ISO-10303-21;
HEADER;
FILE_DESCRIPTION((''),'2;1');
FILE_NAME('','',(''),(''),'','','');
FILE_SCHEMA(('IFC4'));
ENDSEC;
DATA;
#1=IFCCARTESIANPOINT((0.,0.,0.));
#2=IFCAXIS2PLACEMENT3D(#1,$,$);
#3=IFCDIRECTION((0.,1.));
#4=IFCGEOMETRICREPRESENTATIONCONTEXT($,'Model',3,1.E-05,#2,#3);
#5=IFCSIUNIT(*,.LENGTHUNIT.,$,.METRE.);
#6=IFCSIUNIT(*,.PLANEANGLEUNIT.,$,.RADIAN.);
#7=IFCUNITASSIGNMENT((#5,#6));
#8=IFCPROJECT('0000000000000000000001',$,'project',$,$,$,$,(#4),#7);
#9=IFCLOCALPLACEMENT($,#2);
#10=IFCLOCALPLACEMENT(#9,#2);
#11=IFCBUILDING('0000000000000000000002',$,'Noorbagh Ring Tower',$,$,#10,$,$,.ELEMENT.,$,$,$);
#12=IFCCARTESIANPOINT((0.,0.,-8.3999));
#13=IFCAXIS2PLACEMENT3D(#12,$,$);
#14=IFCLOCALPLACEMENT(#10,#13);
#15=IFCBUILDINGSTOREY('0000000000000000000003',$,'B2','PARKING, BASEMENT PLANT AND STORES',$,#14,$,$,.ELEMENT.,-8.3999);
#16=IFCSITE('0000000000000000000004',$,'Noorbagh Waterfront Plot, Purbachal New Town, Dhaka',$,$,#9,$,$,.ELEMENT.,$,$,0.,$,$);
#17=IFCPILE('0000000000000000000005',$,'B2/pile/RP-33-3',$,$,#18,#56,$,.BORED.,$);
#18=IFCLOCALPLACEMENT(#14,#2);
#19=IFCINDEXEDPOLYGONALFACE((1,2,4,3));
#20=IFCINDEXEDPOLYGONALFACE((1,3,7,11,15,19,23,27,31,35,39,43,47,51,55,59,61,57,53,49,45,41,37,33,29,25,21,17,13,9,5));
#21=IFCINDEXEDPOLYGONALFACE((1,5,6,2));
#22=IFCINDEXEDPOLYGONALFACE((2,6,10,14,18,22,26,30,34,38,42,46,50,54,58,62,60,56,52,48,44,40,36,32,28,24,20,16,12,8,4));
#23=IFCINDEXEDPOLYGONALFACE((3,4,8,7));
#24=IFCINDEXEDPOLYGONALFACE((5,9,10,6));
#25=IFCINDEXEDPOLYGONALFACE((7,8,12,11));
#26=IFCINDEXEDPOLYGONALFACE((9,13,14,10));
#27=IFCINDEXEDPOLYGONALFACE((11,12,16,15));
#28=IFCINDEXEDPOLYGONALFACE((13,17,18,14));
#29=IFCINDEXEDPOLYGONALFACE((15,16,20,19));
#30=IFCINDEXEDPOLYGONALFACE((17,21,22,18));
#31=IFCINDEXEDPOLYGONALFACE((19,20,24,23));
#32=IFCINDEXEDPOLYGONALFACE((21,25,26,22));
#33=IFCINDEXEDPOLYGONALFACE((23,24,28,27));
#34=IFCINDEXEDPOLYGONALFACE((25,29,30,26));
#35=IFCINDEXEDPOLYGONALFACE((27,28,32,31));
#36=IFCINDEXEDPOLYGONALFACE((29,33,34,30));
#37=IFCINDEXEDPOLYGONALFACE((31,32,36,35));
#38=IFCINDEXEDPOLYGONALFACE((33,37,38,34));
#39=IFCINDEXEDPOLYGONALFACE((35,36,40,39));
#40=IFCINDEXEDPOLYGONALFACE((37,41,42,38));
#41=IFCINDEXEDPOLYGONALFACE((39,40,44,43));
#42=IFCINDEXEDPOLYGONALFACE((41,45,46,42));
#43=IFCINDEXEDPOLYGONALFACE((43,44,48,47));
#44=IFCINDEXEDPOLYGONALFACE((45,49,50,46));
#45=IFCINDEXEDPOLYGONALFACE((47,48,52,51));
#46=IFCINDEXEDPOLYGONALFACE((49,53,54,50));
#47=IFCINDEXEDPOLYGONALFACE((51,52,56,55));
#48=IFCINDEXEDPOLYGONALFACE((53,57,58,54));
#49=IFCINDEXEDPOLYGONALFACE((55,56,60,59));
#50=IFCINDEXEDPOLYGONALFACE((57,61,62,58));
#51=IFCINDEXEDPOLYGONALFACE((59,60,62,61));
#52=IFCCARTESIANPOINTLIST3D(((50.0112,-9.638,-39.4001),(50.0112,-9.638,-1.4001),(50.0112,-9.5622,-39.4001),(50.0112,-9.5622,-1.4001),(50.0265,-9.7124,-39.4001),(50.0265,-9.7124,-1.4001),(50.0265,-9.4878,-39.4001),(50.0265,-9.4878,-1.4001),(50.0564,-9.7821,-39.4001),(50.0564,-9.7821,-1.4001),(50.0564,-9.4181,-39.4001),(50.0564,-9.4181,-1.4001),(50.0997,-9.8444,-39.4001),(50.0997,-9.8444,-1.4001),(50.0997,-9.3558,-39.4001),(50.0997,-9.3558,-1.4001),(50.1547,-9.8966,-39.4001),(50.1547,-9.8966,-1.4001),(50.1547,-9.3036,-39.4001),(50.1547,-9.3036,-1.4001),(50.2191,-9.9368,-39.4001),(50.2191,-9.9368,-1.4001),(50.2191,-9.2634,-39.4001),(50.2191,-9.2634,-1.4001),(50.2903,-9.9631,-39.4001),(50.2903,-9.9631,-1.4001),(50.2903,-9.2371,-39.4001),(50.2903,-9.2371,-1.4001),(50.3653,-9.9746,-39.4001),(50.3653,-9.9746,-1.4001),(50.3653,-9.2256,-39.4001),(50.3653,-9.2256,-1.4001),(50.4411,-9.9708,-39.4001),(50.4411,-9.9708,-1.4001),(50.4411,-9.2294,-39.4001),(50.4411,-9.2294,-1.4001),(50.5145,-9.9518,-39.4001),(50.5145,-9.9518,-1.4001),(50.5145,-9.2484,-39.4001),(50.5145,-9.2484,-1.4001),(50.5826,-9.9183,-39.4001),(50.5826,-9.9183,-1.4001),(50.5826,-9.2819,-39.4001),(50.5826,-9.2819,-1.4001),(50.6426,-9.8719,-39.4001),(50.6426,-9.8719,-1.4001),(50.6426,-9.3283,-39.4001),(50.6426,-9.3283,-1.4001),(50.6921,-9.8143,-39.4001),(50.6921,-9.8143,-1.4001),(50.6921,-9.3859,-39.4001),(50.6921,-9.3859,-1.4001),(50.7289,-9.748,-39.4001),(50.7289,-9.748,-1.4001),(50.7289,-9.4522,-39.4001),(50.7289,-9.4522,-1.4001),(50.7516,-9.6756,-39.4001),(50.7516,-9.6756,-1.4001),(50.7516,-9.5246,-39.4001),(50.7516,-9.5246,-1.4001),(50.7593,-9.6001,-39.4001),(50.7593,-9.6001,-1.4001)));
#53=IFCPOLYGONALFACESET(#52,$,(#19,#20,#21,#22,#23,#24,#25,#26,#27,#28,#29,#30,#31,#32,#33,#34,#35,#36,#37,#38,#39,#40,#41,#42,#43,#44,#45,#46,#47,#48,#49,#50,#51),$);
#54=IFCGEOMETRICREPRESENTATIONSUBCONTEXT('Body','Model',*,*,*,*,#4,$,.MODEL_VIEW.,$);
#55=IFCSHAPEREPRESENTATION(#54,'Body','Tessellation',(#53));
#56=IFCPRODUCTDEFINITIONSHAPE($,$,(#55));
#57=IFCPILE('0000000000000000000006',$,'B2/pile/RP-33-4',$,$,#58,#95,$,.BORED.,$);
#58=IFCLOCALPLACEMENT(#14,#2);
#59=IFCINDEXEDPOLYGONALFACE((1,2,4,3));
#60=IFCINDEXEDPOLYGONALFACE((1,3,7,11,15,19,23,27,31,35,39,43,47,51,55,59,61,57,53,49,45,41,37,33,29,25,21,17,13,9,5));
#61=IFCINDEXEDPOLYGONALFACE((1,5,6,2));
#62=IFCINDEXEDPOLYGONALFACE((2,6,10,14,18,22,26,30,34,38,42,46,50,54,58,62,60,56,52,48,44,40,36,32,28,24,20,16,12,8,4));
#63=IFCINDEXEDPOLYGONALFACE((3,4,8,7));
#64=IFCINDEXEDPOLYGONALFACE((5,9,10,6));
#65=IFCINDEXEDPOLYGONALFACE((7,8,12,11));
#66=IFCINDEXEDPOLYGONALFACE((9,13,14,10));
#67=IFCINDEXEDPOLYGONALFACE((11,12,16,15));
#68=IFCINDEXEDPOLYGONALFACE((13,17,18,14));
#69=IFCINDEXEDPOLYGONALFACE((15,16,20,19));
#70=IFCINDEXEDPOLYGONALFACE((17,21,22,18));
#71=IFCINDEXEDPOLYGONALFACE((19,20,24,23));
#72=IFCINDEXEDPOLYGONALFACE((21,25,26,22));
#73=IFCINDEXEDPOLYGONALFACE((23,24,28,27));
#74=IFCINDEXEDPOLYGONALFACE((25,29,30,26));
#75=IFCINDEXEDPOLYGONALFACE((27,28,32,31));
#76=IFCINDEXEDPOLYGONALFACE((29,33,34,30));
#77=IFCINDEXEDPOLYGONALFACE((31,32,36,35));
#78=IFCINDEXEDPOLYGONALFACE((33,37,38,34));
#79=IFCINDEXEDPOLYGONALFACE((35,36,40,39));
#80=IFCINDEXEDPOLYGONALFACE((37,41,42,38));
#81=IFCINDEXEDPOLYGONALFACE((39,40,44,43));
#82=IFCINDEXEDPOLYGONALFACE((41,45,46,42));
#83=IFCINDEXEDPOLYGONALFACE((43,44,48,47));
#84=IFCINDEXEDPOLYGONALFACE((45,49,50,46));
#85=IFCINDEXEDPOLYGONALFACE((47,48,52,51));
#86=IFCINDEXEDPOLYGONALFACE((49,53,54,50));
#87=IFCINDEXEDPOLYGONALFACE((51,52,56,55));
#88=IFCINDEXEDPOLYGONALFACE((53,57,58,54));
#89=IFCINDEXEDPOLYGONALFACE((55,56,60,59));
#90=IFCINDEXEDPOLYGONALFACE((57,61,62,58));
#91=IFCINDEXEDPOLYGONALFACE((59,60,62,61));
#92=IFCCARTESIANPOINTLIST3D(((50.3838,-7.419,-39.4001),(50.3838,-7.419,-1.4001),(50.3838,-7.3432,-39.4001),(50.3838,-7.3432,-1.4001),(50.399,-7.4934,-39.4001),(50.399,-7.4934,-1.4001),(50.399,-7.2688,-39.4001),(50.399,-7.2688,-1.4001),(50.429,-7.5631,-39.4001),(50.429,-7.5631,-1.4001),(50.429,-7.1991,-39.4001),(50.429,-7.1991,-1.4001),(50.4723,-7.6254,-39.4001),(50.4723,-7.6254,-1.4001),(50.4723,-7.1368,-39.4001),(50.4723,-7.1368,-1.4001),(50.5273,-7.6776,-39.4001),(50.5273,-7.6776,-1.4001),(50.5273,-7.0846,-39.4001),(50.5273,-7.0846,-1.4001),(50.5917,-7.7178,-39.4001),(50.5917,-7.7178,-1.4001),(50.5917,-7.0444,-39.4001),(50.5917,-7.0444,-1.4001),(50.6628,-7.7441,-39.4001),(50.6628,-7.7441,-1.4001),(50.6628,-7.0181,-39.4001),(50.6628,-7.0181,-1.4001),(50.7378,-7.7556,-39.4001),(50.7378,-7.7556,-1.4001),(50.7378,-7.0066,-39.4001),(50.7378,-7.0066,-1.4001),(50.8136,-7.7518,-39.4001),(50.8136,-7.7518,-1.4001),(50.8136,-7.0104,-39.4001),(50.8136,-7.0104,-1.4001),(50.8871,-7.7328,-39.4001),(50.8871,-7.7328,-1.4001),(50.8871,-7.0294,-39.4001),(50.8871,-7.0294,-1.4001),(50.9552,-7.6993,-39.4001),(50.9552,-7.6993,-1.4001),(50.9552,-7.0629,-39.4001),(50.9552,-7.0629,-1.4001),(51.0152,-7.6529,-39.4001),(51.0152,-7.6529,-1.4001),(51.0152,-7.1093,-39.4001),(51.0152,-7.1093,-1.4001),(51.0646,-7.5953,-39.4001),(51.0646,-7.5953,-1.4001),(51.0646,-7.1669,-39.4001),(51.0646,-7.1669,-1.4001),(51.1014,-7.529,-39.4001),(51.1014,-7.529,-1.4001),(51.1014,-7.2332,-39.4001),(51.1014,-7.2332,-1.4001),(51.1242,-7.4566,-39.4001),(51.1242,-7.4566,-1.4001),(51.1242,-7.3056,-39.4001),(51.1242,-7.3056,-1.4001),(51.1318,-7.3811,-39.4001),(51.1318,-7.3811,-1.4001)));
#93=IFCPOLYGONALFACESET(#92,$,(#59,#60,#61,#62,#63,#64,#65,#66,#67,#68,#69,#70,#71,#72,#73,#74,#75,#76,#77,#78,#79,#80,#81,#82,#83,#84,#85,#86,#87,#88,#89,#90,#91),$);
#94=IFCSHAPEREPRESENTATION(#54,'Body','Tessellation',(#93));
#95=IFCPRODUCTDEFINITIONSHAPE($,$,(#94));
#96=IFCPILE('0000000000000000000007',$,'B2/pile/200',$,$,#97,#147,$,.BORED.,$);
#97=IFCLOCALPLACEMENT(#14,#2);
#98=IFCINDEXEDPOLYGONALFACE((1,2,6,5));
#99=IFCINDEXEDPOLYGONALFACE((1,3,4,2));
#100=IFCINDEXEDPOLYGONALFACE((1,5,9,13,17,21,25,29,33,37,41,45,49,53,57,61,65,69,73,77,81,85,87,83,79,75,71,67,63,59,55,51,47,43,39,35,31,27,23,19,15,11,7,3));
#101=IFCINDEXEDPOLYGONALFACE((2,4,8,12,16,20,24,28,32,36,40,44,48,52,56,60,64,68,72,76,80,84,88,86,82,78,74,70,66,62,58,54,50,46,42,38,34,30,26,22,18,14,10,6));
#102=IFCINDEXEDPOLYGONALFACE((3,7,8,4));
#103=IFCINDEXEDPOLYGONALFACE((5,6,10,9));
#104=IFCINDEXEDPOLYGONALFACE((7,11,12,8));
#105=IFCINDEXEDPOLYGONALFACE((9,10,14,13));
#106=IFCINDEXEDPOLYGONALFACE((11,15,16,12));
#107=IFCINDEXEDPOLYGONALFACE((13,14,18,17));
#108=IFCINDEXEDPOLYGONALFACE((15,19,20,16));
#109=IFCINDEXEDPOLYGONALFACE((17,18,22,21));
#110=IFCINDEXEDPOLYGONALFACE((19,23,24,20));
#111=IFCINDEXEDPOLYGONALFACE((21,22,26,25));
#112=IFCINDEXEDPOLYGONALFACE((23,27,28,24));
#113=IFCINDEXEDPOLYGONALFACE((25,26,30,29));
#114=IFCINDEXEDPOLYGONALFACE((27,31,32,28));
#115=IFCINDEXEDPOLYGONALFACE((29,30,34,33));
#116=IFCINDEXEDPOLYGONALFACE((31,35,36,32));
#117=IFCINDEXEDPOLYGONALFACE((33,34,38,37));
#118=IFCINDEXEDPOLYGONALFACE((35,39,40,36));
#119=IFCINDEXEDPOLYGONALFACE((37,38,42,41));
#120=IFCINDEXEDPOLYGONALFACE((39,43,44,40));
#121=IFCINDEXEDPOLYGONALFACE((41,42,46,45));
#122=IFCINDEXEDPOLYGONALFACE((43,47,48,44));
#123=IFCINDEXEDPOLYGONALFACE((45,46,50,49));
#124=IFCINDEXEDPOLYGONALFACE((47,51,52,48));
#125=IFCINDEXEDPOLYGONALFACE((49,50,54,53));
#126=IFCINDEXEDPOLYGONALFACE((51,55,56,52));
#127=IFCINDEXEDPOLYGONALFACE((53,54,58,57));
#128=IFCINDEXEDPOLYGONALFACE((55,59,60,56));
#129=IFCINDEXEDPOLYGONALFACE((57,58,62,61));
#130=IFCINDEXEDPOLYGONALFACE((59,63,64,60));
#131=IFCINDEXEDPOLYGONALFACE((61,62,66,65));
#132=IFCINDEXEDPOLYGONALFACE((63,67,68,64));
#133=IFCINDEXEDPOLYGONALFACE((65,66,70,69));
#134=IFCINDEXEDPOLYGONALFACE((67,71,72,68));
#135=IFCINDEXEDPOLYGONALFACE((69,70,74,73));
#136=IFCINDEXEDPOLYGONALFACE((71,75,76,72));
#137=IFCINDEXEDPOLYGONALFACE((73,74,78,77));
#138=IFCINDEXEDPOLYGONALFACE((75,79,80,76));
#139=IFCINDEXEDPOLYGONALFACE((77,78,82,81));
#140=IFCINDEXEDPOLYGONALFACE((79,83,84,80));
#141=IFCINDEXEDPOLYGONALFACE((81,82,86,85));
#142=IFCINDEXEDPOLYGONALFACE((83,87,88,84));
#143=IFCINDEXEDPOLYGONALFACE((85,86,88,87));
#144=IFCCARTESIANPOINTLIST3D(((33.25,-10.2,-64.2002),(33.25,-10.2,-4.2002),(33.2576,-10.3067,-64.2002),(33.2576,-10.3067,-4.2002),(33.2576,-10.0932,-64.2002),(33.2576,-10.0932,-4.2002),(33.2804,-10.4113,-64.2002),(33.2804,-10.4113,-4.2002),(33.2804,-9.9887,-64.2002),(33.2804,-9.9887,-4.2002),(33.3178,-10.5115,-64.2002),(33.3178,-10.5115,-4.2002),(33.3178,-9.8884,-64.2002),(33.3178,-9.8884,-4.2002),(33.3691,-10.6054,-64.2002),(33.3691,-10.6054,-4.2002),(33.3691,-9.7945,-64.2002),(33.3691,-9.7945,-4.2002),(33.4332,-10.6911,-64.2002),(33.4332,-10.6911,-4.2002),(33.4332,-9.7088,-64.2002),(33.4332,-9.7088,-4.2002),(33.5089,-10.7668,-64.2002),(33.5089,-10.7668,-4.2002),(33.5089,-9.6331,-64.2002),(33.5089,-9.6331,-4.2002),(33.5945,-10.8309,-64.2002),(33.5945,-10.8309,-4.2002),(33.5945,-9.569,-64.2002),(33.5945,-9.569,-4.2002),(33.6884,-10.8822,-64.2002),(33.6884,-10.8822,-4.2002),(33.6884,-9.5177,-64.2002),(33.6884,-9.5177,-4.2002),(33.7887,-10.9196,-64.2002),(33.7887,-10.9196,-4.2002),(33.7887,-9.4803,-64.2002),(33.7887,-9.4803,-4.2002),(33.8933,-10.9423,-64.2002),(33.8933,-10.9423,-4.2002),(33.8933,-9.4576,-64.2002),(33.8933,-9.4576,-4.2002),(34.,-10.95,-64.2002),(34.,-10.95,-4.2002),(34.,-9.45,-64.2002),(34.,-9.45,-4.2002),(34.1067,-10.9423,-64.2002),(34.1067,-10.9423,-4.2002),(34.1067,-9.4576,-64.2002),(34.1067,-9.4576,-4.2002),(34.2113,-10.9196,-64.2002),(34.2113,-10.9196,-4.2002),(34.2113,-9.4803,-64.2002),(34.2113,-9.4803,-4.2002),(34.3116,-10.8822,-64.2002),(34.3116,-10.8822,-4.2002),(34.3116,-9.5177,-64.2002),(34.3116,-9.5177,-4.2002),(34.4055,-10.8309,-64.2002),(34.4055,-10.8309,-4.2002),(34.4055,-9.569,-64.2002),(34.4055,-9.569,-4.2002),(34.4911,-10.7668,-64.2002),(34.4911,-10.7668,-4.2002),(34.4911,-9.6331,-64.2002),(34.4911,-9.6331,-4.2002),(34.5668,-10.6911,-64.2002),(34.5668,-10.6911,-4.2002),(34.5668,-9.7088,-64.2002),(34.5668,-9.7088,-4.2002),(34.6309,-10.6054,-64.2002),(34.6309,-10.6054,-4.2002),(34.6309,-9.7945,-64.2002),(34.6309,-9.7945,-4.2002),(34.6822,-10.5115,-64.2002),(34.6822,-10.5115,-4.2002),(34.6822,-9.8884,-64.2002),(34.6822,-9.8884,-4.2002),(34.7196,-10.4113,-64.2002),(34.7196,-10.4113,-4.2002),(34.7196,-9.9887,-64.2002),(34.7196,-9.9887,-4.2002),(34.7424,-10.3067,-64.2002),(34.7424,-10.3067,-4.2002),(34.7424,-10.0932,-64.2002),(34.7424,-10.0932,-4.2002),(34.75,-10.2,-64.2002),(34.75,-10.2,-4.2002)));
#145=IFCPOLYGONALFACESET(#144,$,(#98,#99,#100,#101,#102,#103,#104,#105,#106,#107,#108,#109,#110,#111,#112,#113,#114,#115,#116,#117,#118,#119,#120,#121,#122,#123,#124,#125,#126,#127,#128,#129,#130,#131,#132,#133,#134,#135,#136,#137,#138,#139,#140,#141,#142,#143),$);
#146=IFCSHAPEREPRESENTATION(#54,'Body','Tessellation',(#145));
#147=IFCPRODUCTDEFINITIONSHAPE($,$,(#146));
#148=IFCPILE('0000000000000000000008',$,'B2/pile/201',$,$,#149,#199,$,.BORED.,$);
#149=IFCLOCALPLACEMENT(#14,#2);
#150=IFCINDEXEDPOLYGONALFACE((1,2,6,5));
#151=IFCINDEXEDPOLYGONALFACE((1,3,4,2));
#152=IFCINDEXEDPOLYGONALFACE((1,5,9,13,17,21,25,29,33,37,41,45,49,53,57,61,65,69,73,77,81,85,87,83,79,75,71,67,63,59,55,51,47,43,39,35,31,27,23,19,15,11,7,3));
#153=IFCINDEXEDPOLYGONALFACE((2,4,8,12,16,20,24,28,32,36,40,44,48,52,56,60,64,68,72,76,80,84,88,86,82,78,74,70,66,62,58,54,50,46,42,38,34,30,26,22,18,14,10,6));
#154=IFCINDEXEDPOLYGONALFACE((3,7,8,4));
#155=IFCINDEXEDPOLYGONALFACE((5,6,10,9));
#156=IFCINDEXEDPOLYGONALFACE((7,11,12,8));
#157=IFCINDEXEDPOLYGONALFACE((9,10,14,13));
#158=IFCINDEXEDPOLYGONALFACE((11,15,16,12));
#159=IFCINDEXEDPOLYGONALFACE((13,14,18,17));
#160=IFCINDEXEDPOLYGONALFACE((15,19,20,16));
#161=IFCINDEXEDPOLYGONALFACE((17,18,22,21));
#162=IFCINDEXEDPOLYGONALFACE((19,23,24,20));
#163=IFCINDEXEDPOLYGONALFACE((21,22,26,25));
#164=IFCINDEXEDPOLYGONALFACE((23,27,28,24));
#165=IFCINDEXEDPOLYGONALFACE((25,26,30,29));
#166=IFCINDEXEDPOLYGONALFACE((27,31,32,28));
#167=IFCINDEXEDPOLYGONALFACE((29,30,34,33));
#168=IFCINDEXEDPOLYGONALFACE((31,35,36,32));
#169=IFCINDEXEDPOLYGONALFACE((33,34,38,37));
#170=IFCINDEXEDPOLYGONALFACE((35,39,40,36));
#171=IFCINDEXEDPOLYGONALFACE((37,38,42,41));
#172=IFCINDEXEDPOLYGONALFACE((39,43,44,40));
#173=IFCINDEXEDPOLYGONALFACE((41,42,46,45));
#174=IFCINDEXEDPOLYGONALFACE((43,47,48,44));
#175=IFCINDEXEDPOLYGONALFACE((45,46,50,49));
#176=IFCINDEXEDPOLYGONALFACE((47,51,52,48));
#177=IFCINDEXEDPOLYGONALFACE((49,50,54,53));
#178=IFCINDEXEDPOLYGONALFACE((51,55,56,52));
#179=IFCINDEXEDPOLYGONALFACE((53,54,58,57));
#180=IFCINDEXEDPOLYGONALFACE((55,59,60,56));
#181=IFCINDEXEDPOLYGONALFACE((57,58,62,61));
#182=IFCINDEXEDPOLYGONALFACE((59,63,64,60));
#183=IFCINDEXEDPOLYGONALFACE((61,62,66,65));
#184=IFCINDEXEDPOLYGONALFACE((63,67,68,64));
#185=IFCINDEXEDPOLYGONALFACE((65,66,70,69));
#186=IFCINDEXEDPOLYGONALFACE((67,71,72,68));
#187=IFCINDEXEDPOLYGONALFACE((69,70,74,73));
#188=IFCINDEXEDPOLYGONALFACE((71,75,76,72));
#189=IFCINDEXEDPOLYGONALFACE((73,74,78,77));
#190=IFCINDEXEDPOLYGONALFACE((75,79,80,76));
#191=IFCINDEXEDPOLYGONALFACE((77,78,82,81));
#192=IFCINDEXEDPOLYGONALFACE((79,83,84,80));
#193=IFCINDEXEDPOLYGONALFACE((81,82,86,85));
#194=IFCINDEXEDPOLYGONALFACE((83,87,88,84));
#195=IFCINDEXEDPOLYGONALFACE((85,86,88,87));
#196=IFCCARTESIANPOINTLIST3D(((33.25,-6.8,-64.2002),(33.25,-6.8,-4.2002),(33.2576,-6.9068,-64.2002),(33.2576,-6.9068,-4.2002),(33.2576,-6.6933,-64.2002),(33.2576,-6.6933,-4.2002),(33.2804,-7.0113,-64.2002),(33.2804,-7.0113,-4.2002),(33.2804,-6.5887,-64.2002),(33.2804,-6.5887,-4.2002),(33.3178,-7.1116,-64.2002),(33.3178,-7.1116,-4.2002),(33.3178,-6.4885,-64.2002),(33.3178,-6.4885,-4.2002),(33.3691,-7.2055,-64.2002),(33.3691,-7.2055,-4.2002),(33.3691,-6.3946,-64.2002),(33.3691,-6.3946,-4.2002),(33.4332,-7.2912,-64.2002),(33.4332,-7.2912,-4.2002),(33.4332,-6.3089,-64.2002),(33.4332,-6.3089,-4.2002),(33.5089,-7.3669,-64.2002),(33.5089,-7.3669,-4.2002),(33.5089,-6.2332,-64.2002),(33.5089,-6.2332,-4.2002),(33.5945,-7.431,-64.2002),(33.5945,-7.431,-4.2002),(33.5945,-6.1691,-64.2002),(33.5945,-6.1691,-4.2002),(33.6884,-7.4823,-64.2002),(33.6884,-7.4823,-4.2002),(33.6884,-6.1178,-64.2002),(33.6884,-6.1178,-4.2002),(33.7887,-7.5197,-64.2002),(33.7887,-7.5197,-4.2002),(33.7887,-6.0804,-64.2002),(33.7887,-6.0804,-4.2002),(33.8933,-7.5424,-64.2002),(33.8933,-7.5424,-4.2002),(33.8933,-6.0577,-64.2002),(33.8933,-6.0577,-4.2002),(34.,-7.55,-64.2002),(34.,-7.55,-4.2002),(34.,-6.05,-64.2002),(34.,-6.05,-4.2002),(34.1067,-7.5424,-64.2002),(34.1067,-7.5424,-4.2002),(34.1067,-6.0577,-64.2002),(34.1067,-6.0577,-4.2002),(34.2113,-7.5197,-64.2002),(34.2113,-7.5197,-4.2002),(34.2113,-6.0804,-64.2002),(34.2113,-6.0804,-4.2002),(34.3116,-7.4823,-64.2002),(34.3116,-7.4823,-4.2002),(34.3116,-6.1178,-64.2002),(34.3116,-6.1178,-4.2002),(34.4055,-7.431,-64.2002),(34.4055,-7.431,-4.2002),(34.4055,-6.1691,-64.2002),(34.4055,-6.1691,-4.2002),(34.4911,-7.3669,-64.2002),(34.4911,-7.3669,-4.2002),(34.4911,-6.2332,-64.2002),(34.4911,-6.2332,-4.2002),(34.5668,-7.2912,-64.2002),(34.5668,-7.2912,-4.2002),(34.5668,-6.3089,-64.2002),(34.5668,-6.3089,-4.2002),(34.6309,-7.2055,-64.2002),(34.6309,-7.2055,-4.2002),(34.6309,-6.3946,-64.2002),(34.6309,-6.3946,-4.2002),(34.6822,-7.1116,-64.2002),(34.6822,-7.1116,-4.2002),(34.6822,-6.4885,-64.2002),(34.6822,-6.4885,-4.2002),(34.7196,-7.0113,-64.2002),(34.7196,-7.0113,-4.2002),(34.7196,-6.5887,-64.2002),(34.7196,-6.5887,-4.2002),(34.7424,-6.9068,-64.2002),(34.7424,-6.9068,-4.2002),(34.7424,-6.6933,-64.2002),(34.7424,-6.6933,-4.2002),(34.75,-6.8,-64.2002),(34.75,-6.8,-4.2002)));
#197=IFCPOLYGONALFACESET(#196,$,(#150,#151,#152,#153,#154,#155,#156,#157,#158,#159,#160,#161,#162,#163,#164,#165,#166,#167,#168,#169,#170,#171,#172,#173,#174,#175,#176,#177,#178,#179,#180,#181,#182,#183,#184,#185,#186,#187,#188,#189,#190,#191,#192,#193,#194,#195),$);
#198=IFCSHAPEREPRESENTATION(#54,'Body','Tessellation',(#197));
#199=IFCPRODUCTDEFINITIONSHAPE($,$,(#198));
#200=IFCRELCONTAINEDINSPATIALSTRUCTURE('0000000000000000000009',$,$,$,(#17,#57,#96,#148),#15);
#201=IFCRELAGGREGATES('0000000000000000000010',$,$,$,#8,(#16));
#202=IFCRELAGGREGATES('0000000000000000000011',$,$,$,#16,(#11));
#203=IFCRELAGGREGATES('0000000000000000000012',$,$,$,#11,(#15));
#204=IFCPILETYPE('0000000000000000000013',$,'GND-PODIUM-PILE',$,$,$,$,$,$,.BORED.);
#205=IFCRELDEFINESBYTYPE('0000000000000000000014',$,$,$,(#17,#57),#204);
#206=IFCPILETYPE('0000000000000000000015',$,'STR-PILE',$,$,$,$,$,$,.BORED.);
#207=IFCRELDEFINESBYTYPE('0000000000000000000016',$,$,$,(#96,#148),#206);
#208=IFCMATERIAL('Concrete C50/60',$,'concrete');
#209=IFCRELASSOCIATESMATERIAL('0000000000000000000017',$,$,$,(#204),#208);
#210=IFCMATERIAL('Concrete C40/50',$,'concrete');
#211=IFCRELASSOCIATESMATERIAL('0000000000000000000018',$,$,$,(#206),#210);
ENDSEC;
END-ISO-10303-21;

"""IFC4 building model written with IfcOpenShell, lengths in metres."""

from ifc_helpers import new_model, si_unit, direction, frame, origin, origin_2d, place, context, subcontext, project, spatial, circle, extrude, material, material_profile, profile_set, type_object, element, save


model = new_model("IFC4")

# Units and contexts
model_context = context("Model", 3, precision=1e-05, world=origin(), true_north=direction((0.0, 1.0)))
body_context = subcontext(model_context, "Body", "Model", "MODEL_VIEW")
ifc_project = project(units=[si_unit("LENGTHUNIT", "METRE"), si_unit("PLANEANGLEUNIT", "RADIAN")], contexts=[model_context])

# Site, building, storey
site_placement = place(None, origin())
site = spatial("IfcSite", under=ifc_project, at=site_placement, Name="Noorbagh Waterfront Plot, Purbachal New Town, Dhaka", CompositionType="ELEMENT", RefElevation=0.0)
building_placement = place(site_placement, origin())
building = spatial("IfcBuilding", under=site, at=building_placement, Name="Noorbagh Ring Tower", CompositionType="ELEMENT")
storey_placement = place(building_placement, frame((0.0, 0.0, -8.3999)))
storey = spatial("IfcBuildingStorey", under=building, at=storey_placement, Name="B2", Description="PARKING, BASEMENT PLANT AND STORES", CompositionType="ELEMENT", Elevation=-8.3999)

# Piles
ifc_material_1 = material(Name="Concrete C50/60", Category="concrete")
ifc_material_profile_1 = material_profile(ifc_material_1, circle(Radius=0.375, at=origin_2d()), Name="PILE750")
ifc_profile_set_1 = profile_set([ifc_material_profile_1], Name="Concrete C50/60")
pile_type_1 = type_object("IfcPileType", Name="GND-PODIUM-PILE", PredefinedType="BORED", material=ifc_profile_set_1)
for number, where, z_axis, x_axis, name in (
    (1, (50.3843, -9.6001, -1.4001), (0.0, 0.0, -1.0), (1.0, 0.0, 0.0), "B2/pile/RP-33-3"),
    (2, (50.7568, -7.3811, -1.4001), (0.0, 0.0, -1.0), (1.0, 0.0, 0.0), "B2/pile/RP-33-4"),
):
    element("IfcPile", number, at=place(storey_placement, frame(where, z_axis=z_axis, x_axis=x_axis)), inside=storey, type_object=pile_type_1, Name=name, PredefinedType="BORED", context=body_context, shape_type="SweptSolid", body=[
        extrude(circle(Radius=0.375, at=origin_2d()), origin(), (0.0, 0.0, 1.0), 38.0),
    ])
ifc_material_2 = material(Name="Concrete C40/50", Category="concrete")
ifc_material_profile_2 = material_profile(ifc_material_2, circle(Radius=0.75, at=origin_2d()), Name="PILE1500")
ifc_profile_set_2 = profile_set([ifc_material_profile_2], Name="Concrete C40/50")
pile_type_2 = type_object("IfcPileType", Name="STR-PILE", PredefinedType="BORED", material=ifc_profile_set_2)
for number, where, z_axis, x_axis, name in (
    (3, (34.0, -10.2, -4.2002), (0.0, 0.0, -1.0), (1.0, 0.0, 0.0), "B2/pile/200"),
    (4, (34.0, -6.8, -4.2002), (0.0, 0.0, -1.0), (1.0, 0.0, 0.0), "B2/pile/201"),
):
    element("IfcPile", number, at=place(storey_placement, frame(where, z_axis=z_axis, x_axis=x_axis)), inside=storey, type_object=pile_type_2, Name=name, PredefinedType="BORED", context=body_context, shape_type="SweptSolid", body=[
        extrude(circle(Radius=0.75, at=origin_2d()), origin(), (0.0, 0.0, 1.0), 60.0),
    ])

save(model, "model.ifc")
